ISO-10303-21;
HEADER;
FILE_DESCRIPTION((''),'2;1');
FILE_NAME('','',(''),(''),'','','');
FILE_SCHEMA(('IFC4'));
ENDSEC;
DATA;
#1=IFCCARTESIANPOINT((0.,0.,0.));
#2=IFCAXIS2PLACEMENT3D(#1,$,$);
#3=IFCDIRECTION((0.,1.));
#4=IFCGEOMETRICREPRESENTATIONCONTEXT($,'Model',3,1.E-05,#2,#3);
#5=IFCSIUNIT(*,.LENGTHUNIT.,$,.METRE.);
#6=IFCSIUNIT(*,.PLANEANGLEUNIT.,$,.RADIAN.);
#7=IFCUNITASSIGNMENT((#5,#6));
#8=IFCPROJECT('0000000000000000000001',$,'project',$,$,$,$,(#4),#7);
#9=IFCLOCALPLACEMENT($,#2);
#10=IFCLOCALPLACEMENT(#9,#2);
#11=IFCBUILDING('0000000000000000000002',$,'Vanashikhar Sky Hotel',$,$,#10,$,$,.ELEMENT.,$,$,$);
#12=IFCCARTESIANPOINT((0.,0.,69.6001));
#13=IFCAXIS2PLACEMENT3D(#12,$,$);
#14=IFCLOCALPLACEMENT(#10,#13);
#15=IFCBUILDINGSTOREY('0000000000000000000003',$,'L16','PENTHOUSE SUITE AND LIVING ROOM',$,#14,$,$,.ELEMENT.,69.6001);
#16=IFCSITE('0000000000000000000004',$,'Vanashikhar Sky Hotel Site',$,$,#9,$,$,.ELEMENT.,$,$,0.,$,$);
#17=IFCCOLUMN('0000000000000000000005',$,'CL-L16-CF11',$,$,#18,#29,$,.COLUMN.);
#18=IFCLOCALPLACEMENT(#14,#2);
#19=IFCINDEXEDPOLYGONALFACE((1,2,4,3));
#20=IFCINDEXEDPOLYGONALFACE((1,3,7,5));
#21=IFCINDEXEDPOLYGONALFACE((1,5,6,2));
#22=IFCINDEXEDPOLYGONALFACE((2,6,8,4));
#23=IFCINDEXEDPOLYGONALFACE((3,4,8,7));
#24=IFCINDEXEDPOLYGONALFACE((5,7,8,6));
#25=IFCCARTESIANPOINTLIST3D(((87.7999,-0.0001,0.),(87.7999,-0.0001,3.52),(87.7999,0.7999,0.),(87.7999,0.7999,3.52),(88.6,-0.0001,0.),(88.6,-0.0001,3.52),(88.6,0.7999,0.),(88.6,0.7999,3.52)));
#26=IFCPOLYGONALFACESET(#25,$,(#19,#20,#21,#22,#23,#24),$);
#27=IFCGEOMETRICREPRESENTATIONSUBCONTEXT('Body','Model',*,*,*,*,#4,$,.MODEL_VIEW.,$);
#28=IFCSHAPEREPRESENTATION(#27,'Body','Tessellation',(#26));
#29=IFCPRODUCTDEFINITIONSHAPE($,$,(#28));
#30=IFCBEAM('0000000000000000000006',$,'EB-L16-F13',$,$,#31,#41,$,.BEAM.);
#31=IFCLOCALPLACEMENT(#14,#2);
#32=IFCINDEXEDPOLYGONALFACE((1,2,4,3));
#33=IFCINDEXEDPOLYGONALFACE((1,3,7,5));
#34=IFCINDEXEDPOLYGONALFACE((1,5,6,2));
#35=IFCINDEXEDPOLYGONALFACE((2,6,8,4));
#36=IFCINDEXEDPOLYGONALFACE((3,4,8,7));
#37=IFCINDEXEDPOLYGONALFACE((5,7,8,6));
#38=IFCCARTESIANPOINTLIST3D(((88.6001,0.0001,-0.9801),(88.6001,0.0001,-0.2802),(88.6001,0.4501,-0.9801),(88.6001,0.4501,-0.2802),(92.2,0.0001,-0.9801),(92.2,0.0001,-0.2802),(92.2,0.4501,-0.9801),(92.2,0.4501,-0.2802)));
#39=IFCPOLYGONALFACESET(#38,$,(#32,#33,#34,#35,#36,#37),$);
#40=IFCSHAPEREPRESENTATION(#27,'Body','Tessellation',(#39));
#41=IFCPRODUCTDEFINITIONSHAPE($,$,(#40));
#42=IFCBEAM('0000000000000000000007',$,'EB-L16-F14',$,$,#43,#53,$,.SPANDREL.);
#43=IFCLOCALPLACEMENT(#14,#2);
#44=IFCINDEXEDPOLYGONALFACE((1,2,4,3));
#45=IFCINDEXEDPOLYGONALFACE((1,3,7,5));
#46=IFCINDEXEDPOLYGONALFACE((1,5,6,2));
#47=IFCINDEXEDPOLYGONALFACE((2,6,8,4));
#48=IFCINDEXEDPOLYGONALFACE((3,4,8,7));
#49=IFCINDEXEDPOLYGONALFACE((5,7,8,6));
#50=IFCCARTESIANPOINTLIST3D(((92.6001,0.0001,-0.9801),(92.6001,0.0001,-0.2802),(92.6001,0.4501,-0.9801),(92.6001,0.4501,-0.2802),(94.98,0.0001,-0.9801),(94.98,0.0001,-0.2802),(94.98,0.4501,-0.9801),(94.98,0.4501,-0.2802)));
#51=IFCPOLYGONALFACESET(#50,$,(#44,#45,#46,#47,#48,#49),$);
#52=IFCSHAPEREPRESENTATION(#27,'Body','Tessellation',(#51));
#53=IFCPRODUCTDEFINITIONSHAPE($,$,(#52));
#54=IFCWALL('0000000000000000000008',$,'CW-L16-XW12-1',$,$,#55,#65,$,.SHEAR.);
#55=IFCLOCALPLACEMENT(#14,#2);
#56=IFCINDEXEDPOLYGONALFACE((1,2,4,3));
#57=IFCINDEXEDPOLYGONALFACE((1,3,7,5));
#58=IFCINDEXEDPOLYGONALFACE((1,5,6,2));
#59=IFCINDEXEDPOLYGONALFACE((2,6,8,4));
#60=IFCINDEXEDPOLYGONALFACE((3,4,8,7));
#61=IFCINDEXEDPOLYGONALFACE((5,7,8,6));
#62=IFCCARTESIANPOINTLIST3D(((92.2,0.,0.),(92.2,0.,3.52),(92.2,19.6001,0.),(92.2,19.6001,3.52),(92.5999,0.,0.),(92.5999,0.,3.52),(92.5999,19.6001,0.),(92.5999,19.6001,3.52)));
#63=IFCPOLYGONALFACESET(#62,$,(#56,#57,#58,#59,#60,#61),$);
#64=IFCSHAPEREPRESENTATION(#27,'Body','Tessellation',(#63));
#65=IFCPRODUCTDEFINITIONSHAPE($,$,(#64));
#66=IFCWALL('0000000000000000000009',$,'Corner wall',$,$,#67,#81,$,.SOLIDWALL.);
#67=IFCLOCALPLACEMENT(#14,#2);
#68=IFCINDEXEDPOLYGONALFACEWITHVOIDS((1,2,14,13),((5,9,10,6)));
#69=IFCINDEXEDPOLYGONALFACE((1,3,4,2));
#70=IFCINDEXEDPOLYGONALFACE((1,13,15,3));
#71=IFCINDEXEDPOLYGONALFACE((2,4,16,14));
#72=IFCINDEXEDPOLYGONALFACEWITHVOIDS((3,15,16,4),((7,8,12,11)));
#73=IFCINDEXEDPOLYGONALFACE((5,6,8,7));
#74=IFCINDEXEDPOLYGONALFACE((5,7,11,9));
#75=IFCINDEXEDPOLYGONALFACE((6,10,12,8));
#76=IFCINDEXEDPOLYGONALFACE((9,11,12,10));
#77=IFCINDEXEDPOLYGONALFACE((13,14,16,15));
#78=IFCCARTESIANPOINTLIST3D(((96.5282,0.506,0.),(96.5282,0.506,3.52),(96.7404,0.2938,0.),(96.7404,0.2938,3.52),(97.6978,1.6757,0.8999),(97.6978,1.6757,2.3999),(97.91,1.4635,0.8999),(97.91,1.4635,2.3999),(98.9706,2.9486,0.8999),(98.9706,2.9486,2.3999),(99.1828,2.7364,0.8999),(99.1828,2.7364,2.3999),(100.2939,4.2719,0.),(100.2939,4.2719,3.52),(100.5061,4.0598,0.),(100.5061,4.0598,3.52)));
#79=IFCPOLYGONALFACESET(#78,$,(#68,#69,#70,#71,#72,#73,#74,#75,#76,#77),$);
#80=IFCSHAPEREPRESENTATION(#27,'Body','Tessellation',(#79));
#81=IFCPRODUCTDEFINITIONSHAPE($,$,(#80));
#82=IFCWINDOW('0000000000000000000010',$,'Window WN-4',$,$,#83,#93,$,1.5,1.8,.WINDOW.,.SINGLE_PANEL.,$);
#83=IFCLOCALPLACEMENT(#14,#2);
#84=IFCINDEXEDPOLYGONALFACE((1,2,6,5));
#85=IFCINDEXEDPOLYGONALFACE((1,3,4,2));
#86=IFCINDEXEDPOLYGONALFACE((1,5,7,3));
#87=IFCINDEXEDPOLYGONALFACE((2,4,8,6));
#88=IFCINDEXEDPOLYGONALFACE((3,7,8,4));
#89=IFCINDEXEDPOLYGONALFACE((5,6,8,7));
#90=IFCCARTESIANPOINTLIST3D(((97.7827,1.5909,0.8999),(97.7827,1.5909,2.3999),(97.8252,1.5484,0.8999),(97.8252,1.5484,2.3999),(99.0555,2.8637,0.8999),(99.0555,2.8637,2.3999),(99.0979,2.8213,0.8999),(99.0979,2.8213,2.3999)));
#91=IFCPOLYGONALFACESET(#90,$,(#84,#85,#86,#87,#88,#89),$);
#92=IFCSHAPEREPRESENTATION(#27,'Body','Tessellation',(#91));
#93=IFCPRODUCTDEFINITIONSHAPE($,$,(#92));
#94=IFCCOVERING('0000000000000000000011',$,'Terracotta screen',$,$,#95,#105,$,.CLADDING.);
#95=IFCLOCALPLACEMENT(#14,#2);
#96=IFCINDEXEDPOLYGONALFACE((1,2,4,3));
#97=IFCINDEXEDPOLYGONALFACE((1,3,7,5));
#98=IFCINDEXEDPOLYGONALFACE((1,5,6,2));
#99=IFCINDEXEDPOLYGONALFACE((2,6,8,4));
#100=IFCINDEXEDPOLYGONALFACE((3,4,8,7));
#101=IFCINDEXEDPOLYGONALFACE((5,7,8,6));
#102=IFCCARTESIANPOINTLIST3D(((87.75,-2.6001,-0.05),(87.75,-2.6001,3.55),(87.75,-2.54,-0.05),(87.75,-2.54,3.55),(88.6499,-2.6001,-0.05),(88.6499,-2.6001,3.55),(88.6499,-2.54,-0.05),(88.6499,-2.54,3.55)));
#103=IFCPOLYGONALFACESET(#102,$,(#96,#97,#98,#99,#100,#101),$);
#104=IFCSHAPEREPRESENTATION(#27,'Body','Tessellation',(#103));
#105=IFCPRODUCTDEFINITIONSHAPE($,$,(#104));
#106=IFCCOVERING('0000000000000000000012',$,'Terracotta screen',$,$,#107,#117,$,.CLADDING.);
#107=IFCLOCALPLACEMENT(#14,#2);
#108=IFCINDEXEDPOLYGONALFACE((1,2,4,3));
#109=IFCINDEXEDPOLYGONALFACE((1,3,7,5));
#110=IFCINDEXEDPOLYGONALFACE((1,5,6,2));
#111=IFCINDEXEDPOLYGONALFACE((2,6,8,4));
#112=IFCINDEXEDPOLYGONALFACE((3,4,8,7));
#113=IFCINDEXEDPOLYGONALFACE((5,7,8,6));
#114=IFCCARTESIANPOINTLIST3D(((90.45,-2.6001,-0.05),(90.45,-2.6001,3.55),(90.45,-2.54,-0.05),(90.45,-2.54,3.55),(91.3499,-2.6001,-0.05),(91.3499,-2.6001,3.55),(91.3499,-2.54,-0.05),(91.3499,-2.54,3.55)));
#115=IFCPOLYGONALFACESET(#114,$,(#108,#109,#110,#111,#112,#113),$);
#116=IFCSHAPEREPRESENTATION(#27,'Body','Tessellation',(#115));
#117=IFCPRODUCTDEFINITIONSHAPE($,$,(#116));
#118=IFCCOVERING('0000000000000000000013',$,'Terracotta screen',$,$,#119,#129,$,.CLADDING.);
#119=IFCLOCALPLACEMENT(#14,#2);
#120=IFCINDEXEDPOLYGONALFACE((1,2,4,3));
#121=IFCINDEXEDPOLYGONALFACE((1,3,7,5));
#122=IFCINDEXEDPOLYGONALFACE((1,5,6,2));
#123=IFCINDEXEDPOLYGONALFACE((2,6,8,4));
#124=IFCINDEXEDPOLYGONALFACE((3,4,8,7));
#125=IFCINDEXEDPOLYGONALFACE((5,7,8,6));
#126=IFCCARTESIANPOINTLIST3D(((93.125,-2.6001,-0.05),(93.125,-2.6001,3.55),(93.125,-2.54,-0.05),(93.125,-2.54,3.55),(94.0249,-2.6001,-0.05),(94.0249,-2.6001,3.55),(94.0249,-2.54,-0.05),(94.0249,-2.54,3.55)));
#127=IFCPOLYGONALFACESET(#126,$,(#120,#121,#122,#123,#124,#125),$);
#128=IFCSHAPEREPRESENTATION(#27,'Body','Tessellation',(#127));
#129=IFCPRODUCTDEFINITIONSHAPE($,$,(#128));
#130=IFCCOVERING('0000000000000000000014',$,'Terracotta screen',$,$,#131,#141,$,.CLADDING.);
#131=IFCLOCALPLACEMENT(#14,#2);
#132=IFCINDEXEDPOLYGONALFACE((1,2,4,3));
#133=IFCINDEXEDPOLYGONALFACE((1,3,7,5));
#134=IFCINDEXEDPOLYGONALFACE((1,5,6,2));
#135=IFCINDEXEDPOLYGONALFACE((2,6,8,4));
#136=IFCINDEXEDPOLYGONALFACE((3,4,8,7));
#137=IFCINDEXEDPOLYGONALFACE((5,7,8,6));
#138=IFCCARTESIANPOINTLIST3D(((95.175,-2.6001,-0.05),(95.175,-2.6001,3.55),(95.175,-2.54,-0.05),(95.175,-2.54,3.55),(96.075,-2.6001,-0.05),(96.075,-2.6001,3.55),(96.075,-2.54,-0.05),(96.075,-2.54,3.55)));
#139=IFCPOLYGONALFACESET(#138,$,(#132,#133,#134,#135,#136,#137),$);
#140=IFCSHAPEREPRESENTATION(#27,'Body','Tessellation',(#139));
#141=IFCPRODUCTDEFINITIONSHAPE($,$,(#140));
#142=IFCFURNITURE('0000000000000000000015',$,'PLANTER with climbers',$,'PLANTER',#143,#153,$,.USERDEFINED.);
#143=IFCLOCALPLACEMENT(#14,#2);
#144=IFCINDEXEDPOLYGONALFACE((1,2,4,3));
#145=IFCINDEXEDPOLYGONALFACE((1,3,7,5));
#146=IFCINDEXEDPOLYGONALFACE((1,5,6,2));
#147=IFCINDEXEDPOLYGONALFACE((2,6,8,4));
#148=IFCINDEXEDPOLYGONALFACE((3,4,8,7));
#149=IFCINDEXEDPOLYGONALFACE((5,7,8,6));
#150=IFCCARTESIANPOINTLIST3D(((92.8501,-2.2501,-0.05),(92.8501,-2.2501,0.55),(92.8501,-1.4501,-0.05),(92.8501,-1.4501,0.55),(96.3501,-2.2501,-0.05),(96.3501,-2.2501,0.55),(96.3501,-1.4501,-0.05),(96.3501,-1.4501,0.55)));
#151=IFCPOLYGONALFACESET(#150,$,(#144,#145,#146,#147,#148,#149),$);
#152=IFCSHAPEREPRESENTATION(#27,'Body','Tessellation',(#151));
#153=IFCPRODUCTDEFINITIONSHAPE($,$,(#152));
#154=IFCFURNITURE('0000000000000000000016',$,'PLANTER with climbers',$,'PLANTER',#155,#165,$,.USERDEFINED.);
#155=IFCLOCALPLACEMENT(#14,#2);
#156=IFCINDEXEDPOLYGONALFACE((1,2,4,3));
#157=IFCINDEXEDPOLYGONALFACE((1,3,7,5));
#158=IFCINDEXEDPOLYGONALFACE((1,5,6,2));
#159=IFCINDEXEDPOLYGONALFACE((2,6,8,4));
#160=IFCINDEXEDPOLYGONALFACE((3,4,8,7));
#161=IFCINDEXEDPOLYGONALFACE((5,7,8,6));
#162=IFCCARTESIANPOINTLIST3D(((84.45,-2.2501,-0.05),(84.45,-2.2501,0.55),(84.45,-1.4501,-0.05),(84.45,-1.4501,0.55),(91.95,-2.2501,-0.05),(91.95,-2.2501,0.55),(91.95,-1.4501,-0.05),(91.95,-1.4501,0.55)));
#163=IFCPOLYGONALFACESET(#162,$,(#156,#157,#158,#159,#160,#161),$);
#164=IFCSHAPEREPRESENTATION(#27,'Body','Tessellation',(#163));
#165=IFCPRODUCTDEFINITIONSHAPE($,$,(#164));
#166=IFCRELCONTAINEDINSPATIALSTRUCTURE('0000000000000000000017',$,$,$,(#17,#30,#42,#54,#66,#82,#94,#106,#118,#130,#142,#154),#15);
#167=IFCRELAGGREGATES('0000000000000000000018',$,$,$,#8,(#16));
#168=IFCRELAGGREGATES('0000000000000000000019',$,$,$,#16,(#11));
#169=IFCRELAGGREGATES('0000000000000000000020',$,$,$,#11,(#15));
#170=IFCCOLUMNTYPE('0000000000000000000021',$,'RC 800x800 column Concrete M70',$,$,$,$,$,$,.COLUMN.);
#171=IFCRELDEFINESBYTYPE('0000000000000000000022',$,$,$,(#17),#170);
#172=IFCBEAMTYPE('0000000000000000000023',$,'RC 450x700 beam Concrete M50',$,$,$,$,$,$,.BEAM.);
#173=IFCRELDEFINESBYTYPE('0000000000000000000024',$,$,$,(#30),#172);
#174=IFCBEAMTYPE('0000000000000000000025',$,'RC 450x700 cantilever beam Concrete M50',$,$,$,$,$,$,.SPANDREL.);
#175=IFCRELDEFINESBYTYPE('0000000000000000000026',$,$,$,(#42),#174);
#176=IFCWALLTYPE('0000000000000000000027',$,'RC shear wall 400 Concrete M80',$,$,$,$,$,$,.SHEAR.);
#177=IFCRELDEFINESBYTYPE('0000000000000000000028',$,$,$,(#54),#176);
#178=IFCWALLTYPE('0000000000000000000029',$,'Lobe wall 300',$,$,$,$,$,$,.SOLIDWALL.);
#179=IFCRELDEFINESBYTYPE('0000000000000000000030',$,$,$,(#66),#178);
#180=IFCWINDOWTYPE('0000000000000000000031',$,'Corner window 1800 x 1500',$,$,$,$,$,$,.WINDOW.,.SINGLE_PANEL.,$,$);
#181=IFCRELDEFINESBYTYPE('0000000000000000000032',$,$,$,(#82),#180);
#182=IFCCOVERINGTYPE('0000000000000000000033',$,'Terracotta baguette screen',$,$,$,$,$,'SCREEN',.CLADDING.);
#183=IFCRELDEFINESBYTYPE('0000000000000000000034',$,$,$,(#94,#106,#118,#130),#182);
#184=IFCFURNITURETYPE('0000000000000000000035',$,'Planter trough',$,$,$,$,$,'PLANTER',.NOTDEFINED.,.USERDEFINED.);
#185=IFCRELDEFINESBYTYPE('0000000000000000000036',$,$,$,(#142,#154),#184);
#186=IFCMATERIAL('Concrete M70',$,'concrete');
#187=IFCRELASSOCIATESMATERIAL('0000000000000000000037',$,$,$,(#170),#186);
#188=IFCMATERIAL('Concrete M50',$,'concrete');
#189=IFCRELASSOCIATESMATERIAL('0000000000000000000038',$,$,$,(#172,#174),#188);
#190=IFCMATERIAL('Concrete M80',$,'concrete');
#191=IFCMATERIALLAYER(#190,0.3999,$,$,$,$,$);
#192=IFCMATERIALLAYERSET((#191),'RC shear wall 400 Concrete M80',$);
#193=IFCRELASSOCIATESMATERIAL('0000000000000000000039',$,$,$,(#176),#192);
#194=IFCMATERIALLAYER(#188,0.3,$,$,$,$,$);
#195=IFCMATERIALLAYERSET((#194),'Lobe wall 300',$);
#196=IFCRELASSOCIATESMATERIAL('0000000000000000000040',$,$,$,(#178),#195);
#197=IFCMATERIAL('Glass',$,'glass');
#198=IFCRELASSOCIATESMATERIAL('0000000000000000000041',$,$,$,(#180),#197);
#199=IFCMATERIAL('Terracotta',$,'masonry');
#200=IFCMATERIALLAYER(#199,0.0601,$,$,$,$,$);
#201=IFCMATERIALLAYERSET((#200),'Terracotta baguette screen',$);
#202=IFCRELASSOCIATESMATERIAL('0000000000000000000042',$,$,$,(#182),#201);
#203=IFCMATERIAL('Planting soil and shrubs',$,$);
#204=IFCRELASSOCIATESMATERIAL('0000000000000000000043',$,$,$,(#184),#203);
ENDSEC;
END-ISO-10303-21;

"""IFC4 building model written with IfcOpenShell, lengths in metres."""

from ifc_helpers import new_model, si_unit, direction, frame, frame_2d, origin, origin_2d, place, context, subcontext, project, spatial, rectangle, extrude, source, transform, mapped, material, layer, layer_set, material_profile, profile_set, type_object, element, fill, save


model = new_model("IFC4")

# Units and contexts
model_context = context("Model", 3, precision=1e-05, world=origin(), true_north=direction((0.0, 1.0)))
body_context = subcontext(model_context, "Body", "Model", "MODEL_VIEW")
ifc_project = project(units=[si_unit("LENGTHUNIT", "METRE"), si_unit("PLANEANGLEUNIT", "RADIAN")], contexts=[model_context])

# Site, building, storey
site_placement = place(None, origin())
site = spatial("IfcSite", under=ifc_project, at=site_placement, Name="Vanashikhar Sky Hotel Site", CompositionType="ELEMENT", RefElevation=0.0)
building_placement = place(site_placement, origin())
building = spatial("IfcBuilding", under=site, at=building_placement, Name="Vanashikhar Sky Hotel", CompositionType="ELEMENT")
storey_placement = place(building_placement, frame((0.0, 0.0, 69.6001)))
storey = spatial("IfcBuildingStorey", under=building, at=storey_placement, Name="L16", Description="PENTHOUSE SUITE AND LIVING ROOM", CompositionType="ELEMENT", Elevation=69.6001)

# Column
ifc_material_1 = material(Name="Concrete M70", Category="concrete")
ifc_material_profile_1 = material_profile(ifc_material_1, rectangle(XDim=0.8, YDim=0.8, at=origin_2d()))
ifc_profile_set_1 = profile_set([ifc_material_profile_1], Name="RC 800x800 column Concrete M70")
column_type = type_object("IfcColumnType", Name="RC 800x800 column Concrete M70", PredefinedType="COLUMN", material=ifc_profile_set_1)
shared_shape_1 = source(origin(), body_context, "Body", "SweptSolid", [
    extrude(rectangle(XDim=0.8, YDim=0.8, at=origin_2d()), origin(), (0.0, 0.0, 1.0), 3.52),
])
column_placement = place(storey_placement, frame((88.2, 0.3999, 0.0), z_axis=(0.0, 0.0, 1.0), x_axis=(1.0, 0.0, 0.0)))
element("IfcColumn", 1, at=column_placement, inside=storey, type_object=column_type, Name="CL-L16-CF11", PredefinedType="COLUMN", context=body_context, shape_type="MappedRepresentation", body=[
    mapped(shared_shape_1, transform((0.0, 0.0, 0.0), scale=1.0)),
])

# Beams
ifc_material_2 = material(Name="Concrete M50", Category="concrete")
ifc_material_profile_2 = material_profile(ifc_material_2, rectangle(XDim=0.45, YDim=0.7, at=origin_2d()))
ifc_profile_set_2 = profile_set([ifc_material_profile_2], Name="RC 450x700 beam Concrete M50")
beam_type_1 = type_object("IfcBeamType", Name="RC 450x700 beam Concrete M50", PredefinedType="BEAM", material=ifc_profile_set_2)
shared_shape_2 = source(origin(), body_context, "Body", "SweptSolid", [
    extrude(rectangle(XDim=0.45, YDim=0.7, at=origin_2d()), origin(), (0.0, 0.0, 1.0), 3.5999),
])
beam_1_placement = place(storey_placement, frame((88.6001, 0.2251, -0.6301), z_axis=(1.0, 0.0, 0.0), x_axis=(0.0, 1.0, 0.0)))
element("IfcBeam", 2, at=beam_1_placement, inside=storey, type_object=beam_type_1, Name="EB-L16-F13", PredefinedType="BEAM", context=body_context, shape_type="MappedRepresentation", body=[
    mapped(shared_shape_2, transform((0.0, 0.0, 0.0), scale=1.0)),
])
ifc_material_profile_3 = material_profile(ifc_material_2, rectangle(XDim=0.45, YDim=0.7, at=origin_2d()))
ifc_profile_set_3 = profile_set([ifc_material_profile_3], Name="RC 450x700 cantilever beam Concrete M50")
beam_type_2 = type_object("IfcBeamType", Name="RC 450x700 cantilever beam Concrete M50", PredefinedType="SPANDREL", material=ifc_profile_set_3)
shared_shape_3 = source(origin(), body_context, "Body", "SweptSolid", [
    extrude(rectangle(XDim=0.45, YDim=0.7, at=origin_2d()), origin(), (0.0, 0.0, 1.0), 2.3799),
])
beam_2_placement = place(storey_placement, frame((92.6001, 0.2251, -0.6301), z_axis=(1.0, 0.0, 0.0), x_axis=(0.0, 1.0, 0.0)))
element("IfcBeam", 3, at=beam_2_placement, inside=storey, type_object=beam_type_2, Name="EB-L16-F14", PredefinedType="SPANDREL", context=body_context, shape_type="MappedRepresentation", body=[
    mapped(shared_shape_3, transform((0.0, 0.0, 0.0), scale=1.0)),
])

# Wall
ifc_material_3 = material(Name="Concrete M80", Category="concrete")
ifc_layer_1 = layer(ifc_material_3, 0.3999)
ifc_layer_set_1 = layer_set([ifc_layer_1], Name="RC shear wall 400 Concrete M80")
wall_type_1 = type_object("IfcWallType", Name="RC shear wall 400 Concrete M80", PredefinedType="SHEAR", material=ifc_layer_set_1)
shared_shape_4 = source(origin(), body_context, "Body", "SweptSolid", [
    extrude(rectangle(XDim=19.6001, YDim=0.3999, at=frame_2d((9.8, 0.0))), origin(), (0.0, 0.0, 1.0), 3.52),
])
wall_1_placement = place(storey_placement, frame((92.3999, 0.0, 0.0), z_axis=(0.0, 0.0, 1.0), x_axis=(0.0, 1.0, 0.0)))
element("IfcWall", 4, at=wall_1_placement, inside=storey, type_object=wall_type_1, Name="CW-L16-XW12-1", PredefinedType="SHEAR", context=body_context, shape_type="MappedRepresentation", body=[
    mapped(shared_shape_4, transform((0.0, 0.0, 0.0), scale=1.0)),
])

# Wall, opening, window
ifc_layer_2 = layer(ifc_material_2, 0.3)
ifc_layer_set_2 = layer_set([ifc_layer_2], Name="Lobe wall 300")
wall_type_2 = type_object("IfcWallType", Name="Lobe wall 300", PredefinedType="SOLIDWALL", material=ifc_layer_set_2)
shared_shape_5 = source(origin(), body_context, "Body", "SweptSolid", [
    extrude(rectangle(XDim=5.3257, YDim=0.3, at=frame_2d((2.6628, 0.0))), origin(), (0.0, 0.0, 1.0), 3.52),
])
wall_2_placement = place(storey_placement, frame((96.6343, 0.3999, 0.0), z_axis=(0.0, 0.0, 1.0), x_axis=(0.707084, 0.70713, 0.0)))
wall_2 = element("IfcWall", 5, at=wall_2_placement, inside=storey, type_object=wall_type_2, Name="Corner wall", PredefinedType="SOLIDWALL", context=body_context, shape_type="MappedRepresentation", body=[
    mapped(shared_shape_5, transform((0.0, 0.0, 0.0), scale=1.0)),
])
shared_shape_6 = source(origin(), body_context, "Body", "SweptSolid", [
    extrude(rectangle(XDim=1.8, YDim=1.5, at=frame_2d((0.8999, 0.75))), frame((0.0, 0.1602, 0.0), z_axis=(0.0, -1.0, 0.0), x_axis=(1.0, 0.0, 0.0)), (0.0, 0.0, 1.0), 0.3201),
])
opening_1_placement = place(wall_2_placement, frame((1.6543, 0.0, 0.8999)))
opening_1 = element("IfcOpeningElement", 6, at=opening_1_placement, cuts=wall_2, PredefinedType="OPENING", context=body_context, shape_type="MappedRepresentation", body=[
    mapped(shared_shape_6, transform((0.0, 0.0, 0.0), scale=1.0)),
])
ifc_material_4 = material(Name="Glass", Category="glass")
window_type_1 = type_object("IfcWindowType", Name="Corner window 1800 x 1500", PartitioningType="SINGLE_PANEL", PredefinedType="WINDOW", material=ifc_material_4)
shared_shape_7 = source(origin(), body_context, "Body", "SweptSolid", [
    extrude(rectangle(XDim=1.8, YDim=1.5, at=frame_2d((0.8999, 0.75))), frame((0.0, 0.03, 0.0), z_axis=(0.0, -1.0, 0.0), x_axis=(1.0, 0.0, 0.0)), (0.0, 0.0, 1.0), 0.0601),
])
window_1_placement = place(opening_1_placement, origin())
window_1 = element("IfcWindow", 7, at=window_1_placement, inside=storey, type_object=window_type_1, Name="Window WN-4", OverallHeight=1.5, OverallWidth=1.8, PartitioningType="SINGLE_PANEL", PredefinedType="WINDOW", context=body_context, shape_type="MappedRepresentation", body=[
    mapped(shared_shape_7, transform((0.0, 0.0, 0.0), scale=1.0)),
])
fill(opening_1, window_1)

# Coverings
ifc_material_5 = material(Name="Terracotta", Category="masonry")
ifc_layer_3 = layer(ifc_material_5, 0.0601)
ifc_layer_set_3 = layer_set([ifc_layer_3], Name="Terracotta baguette screen")
covering_type = type_object("IfcCoveringType", Name="Terracotta baguette screen", ElementType="SCREEN", PredefinedType="CLADDING", material=ifc_layer_set_3)
shared_shape_8 = source(origin(), body_context, "Body", "SweptSolid", [
    extrude(rectangle(XDim=0.8999, YDim=0.0601, at=origin_2d()), origin(), (0.0, 0.0, 1.0), 3.6001),
])
for number, where, z_axis, x_axis, name in (
    (8, (88.2, -2.5701, -0.05), (0.0, 0.0, 1.0), (1.0, 0.0, 0.0), "Terracotta screen"),
    (9, (90.8999, -2.5701, -0.05), (0.0, 0.0, 1.0), (1.0, 0.0, 0.0), "Terracotta screen"),
    (10, (93.575, -2.5701, -0.05), (0.0, 0.0, 1.0), (1.0, 0.0, 0.0), "Terracotta screen"),
    (11, (95.625, -2.5701, -0.05), (0.0, 0.0, 1.0), (1.0, 0.0, 0.0), "Terracotta screen"),
):
    element("IfcCovering", number, at=place(storey_placement, frame(where, z_axis=z_axis, x_axis=x_axis)), inside=storey, type_object=covering_type, Name=name, PredefinedType="CLADDING", context=body_context, shape_type="MappedRepresentation", body=[
        mapped(shared_shape_8, transform((0.0, 0.0, 0.0), scale=1.0)),
    ])

# Furniture
ifc_material_6 = material(Name="Planting soil and shrubs")
furniture_type = type_object("IfcFurnitureType", Name="Planter trough", ElementType="PLANTER", AssemblyPlace="NOTDEFINED", PredefinedType="USERDEFINED", material=ifc_material_6)
shared_shape_9 = source(origin(), body_context, "Body", "SweptSolid", [
    extrude(rectangle(XDim=3.5, YDim=0.8, at=origin_2d()), origin(), (0.0, 0.0, 1.0), 0.6001),
])
furniture_1_placement = place(storey_placement, frame((94.6001, -1.8501, -0.05), z_axis=(0.0, 0.0, 1.0), x_axis=(1.0, 0.0, 0.0)))
element("IfcFurniture", 12, at=furniture_1_placement, inside=storey, type_object=furniture_type, Name="PLANTER with climbers", ObjectType="PLANTER", PredefinedType="USERDEFINED", context=body_context, shape_type="MappedRepresentation", body=[
    mapped(shared_shape_9, transform((0.0, 0.0, 0.0), scale=1.0)),
])
shared_shape_10 = source(origin(), body_context, "Body", "SweptSolid", [
    extrude(rectangle(XDim=7.5, YDim=0.8, at=origin_2d()), origin(), (0.0, 0.0, 1.0), 0.6001),
])
furniture_2_placement = place(storey_placement, frame((88.2, -1.8501, -0.05), z_axis=(0.0, 0.0, 1.0), x_axis=(1.0, 0.0, 0.0)))
element("IfcFurniture", 13, at=furniture_2_placement, inside=storey, type_object=furniture_type, Name="PLANTER with climbers", ObjectType="PLANTER", PredefinedType="USERDEFINED", context=body_context, shape_type="MappedRepresentation", body=[
    mapped(shared_shape_10, transform((0.0, 0.0, 0.0), scale=1.0)),
])

save(model, "model.ifc")
